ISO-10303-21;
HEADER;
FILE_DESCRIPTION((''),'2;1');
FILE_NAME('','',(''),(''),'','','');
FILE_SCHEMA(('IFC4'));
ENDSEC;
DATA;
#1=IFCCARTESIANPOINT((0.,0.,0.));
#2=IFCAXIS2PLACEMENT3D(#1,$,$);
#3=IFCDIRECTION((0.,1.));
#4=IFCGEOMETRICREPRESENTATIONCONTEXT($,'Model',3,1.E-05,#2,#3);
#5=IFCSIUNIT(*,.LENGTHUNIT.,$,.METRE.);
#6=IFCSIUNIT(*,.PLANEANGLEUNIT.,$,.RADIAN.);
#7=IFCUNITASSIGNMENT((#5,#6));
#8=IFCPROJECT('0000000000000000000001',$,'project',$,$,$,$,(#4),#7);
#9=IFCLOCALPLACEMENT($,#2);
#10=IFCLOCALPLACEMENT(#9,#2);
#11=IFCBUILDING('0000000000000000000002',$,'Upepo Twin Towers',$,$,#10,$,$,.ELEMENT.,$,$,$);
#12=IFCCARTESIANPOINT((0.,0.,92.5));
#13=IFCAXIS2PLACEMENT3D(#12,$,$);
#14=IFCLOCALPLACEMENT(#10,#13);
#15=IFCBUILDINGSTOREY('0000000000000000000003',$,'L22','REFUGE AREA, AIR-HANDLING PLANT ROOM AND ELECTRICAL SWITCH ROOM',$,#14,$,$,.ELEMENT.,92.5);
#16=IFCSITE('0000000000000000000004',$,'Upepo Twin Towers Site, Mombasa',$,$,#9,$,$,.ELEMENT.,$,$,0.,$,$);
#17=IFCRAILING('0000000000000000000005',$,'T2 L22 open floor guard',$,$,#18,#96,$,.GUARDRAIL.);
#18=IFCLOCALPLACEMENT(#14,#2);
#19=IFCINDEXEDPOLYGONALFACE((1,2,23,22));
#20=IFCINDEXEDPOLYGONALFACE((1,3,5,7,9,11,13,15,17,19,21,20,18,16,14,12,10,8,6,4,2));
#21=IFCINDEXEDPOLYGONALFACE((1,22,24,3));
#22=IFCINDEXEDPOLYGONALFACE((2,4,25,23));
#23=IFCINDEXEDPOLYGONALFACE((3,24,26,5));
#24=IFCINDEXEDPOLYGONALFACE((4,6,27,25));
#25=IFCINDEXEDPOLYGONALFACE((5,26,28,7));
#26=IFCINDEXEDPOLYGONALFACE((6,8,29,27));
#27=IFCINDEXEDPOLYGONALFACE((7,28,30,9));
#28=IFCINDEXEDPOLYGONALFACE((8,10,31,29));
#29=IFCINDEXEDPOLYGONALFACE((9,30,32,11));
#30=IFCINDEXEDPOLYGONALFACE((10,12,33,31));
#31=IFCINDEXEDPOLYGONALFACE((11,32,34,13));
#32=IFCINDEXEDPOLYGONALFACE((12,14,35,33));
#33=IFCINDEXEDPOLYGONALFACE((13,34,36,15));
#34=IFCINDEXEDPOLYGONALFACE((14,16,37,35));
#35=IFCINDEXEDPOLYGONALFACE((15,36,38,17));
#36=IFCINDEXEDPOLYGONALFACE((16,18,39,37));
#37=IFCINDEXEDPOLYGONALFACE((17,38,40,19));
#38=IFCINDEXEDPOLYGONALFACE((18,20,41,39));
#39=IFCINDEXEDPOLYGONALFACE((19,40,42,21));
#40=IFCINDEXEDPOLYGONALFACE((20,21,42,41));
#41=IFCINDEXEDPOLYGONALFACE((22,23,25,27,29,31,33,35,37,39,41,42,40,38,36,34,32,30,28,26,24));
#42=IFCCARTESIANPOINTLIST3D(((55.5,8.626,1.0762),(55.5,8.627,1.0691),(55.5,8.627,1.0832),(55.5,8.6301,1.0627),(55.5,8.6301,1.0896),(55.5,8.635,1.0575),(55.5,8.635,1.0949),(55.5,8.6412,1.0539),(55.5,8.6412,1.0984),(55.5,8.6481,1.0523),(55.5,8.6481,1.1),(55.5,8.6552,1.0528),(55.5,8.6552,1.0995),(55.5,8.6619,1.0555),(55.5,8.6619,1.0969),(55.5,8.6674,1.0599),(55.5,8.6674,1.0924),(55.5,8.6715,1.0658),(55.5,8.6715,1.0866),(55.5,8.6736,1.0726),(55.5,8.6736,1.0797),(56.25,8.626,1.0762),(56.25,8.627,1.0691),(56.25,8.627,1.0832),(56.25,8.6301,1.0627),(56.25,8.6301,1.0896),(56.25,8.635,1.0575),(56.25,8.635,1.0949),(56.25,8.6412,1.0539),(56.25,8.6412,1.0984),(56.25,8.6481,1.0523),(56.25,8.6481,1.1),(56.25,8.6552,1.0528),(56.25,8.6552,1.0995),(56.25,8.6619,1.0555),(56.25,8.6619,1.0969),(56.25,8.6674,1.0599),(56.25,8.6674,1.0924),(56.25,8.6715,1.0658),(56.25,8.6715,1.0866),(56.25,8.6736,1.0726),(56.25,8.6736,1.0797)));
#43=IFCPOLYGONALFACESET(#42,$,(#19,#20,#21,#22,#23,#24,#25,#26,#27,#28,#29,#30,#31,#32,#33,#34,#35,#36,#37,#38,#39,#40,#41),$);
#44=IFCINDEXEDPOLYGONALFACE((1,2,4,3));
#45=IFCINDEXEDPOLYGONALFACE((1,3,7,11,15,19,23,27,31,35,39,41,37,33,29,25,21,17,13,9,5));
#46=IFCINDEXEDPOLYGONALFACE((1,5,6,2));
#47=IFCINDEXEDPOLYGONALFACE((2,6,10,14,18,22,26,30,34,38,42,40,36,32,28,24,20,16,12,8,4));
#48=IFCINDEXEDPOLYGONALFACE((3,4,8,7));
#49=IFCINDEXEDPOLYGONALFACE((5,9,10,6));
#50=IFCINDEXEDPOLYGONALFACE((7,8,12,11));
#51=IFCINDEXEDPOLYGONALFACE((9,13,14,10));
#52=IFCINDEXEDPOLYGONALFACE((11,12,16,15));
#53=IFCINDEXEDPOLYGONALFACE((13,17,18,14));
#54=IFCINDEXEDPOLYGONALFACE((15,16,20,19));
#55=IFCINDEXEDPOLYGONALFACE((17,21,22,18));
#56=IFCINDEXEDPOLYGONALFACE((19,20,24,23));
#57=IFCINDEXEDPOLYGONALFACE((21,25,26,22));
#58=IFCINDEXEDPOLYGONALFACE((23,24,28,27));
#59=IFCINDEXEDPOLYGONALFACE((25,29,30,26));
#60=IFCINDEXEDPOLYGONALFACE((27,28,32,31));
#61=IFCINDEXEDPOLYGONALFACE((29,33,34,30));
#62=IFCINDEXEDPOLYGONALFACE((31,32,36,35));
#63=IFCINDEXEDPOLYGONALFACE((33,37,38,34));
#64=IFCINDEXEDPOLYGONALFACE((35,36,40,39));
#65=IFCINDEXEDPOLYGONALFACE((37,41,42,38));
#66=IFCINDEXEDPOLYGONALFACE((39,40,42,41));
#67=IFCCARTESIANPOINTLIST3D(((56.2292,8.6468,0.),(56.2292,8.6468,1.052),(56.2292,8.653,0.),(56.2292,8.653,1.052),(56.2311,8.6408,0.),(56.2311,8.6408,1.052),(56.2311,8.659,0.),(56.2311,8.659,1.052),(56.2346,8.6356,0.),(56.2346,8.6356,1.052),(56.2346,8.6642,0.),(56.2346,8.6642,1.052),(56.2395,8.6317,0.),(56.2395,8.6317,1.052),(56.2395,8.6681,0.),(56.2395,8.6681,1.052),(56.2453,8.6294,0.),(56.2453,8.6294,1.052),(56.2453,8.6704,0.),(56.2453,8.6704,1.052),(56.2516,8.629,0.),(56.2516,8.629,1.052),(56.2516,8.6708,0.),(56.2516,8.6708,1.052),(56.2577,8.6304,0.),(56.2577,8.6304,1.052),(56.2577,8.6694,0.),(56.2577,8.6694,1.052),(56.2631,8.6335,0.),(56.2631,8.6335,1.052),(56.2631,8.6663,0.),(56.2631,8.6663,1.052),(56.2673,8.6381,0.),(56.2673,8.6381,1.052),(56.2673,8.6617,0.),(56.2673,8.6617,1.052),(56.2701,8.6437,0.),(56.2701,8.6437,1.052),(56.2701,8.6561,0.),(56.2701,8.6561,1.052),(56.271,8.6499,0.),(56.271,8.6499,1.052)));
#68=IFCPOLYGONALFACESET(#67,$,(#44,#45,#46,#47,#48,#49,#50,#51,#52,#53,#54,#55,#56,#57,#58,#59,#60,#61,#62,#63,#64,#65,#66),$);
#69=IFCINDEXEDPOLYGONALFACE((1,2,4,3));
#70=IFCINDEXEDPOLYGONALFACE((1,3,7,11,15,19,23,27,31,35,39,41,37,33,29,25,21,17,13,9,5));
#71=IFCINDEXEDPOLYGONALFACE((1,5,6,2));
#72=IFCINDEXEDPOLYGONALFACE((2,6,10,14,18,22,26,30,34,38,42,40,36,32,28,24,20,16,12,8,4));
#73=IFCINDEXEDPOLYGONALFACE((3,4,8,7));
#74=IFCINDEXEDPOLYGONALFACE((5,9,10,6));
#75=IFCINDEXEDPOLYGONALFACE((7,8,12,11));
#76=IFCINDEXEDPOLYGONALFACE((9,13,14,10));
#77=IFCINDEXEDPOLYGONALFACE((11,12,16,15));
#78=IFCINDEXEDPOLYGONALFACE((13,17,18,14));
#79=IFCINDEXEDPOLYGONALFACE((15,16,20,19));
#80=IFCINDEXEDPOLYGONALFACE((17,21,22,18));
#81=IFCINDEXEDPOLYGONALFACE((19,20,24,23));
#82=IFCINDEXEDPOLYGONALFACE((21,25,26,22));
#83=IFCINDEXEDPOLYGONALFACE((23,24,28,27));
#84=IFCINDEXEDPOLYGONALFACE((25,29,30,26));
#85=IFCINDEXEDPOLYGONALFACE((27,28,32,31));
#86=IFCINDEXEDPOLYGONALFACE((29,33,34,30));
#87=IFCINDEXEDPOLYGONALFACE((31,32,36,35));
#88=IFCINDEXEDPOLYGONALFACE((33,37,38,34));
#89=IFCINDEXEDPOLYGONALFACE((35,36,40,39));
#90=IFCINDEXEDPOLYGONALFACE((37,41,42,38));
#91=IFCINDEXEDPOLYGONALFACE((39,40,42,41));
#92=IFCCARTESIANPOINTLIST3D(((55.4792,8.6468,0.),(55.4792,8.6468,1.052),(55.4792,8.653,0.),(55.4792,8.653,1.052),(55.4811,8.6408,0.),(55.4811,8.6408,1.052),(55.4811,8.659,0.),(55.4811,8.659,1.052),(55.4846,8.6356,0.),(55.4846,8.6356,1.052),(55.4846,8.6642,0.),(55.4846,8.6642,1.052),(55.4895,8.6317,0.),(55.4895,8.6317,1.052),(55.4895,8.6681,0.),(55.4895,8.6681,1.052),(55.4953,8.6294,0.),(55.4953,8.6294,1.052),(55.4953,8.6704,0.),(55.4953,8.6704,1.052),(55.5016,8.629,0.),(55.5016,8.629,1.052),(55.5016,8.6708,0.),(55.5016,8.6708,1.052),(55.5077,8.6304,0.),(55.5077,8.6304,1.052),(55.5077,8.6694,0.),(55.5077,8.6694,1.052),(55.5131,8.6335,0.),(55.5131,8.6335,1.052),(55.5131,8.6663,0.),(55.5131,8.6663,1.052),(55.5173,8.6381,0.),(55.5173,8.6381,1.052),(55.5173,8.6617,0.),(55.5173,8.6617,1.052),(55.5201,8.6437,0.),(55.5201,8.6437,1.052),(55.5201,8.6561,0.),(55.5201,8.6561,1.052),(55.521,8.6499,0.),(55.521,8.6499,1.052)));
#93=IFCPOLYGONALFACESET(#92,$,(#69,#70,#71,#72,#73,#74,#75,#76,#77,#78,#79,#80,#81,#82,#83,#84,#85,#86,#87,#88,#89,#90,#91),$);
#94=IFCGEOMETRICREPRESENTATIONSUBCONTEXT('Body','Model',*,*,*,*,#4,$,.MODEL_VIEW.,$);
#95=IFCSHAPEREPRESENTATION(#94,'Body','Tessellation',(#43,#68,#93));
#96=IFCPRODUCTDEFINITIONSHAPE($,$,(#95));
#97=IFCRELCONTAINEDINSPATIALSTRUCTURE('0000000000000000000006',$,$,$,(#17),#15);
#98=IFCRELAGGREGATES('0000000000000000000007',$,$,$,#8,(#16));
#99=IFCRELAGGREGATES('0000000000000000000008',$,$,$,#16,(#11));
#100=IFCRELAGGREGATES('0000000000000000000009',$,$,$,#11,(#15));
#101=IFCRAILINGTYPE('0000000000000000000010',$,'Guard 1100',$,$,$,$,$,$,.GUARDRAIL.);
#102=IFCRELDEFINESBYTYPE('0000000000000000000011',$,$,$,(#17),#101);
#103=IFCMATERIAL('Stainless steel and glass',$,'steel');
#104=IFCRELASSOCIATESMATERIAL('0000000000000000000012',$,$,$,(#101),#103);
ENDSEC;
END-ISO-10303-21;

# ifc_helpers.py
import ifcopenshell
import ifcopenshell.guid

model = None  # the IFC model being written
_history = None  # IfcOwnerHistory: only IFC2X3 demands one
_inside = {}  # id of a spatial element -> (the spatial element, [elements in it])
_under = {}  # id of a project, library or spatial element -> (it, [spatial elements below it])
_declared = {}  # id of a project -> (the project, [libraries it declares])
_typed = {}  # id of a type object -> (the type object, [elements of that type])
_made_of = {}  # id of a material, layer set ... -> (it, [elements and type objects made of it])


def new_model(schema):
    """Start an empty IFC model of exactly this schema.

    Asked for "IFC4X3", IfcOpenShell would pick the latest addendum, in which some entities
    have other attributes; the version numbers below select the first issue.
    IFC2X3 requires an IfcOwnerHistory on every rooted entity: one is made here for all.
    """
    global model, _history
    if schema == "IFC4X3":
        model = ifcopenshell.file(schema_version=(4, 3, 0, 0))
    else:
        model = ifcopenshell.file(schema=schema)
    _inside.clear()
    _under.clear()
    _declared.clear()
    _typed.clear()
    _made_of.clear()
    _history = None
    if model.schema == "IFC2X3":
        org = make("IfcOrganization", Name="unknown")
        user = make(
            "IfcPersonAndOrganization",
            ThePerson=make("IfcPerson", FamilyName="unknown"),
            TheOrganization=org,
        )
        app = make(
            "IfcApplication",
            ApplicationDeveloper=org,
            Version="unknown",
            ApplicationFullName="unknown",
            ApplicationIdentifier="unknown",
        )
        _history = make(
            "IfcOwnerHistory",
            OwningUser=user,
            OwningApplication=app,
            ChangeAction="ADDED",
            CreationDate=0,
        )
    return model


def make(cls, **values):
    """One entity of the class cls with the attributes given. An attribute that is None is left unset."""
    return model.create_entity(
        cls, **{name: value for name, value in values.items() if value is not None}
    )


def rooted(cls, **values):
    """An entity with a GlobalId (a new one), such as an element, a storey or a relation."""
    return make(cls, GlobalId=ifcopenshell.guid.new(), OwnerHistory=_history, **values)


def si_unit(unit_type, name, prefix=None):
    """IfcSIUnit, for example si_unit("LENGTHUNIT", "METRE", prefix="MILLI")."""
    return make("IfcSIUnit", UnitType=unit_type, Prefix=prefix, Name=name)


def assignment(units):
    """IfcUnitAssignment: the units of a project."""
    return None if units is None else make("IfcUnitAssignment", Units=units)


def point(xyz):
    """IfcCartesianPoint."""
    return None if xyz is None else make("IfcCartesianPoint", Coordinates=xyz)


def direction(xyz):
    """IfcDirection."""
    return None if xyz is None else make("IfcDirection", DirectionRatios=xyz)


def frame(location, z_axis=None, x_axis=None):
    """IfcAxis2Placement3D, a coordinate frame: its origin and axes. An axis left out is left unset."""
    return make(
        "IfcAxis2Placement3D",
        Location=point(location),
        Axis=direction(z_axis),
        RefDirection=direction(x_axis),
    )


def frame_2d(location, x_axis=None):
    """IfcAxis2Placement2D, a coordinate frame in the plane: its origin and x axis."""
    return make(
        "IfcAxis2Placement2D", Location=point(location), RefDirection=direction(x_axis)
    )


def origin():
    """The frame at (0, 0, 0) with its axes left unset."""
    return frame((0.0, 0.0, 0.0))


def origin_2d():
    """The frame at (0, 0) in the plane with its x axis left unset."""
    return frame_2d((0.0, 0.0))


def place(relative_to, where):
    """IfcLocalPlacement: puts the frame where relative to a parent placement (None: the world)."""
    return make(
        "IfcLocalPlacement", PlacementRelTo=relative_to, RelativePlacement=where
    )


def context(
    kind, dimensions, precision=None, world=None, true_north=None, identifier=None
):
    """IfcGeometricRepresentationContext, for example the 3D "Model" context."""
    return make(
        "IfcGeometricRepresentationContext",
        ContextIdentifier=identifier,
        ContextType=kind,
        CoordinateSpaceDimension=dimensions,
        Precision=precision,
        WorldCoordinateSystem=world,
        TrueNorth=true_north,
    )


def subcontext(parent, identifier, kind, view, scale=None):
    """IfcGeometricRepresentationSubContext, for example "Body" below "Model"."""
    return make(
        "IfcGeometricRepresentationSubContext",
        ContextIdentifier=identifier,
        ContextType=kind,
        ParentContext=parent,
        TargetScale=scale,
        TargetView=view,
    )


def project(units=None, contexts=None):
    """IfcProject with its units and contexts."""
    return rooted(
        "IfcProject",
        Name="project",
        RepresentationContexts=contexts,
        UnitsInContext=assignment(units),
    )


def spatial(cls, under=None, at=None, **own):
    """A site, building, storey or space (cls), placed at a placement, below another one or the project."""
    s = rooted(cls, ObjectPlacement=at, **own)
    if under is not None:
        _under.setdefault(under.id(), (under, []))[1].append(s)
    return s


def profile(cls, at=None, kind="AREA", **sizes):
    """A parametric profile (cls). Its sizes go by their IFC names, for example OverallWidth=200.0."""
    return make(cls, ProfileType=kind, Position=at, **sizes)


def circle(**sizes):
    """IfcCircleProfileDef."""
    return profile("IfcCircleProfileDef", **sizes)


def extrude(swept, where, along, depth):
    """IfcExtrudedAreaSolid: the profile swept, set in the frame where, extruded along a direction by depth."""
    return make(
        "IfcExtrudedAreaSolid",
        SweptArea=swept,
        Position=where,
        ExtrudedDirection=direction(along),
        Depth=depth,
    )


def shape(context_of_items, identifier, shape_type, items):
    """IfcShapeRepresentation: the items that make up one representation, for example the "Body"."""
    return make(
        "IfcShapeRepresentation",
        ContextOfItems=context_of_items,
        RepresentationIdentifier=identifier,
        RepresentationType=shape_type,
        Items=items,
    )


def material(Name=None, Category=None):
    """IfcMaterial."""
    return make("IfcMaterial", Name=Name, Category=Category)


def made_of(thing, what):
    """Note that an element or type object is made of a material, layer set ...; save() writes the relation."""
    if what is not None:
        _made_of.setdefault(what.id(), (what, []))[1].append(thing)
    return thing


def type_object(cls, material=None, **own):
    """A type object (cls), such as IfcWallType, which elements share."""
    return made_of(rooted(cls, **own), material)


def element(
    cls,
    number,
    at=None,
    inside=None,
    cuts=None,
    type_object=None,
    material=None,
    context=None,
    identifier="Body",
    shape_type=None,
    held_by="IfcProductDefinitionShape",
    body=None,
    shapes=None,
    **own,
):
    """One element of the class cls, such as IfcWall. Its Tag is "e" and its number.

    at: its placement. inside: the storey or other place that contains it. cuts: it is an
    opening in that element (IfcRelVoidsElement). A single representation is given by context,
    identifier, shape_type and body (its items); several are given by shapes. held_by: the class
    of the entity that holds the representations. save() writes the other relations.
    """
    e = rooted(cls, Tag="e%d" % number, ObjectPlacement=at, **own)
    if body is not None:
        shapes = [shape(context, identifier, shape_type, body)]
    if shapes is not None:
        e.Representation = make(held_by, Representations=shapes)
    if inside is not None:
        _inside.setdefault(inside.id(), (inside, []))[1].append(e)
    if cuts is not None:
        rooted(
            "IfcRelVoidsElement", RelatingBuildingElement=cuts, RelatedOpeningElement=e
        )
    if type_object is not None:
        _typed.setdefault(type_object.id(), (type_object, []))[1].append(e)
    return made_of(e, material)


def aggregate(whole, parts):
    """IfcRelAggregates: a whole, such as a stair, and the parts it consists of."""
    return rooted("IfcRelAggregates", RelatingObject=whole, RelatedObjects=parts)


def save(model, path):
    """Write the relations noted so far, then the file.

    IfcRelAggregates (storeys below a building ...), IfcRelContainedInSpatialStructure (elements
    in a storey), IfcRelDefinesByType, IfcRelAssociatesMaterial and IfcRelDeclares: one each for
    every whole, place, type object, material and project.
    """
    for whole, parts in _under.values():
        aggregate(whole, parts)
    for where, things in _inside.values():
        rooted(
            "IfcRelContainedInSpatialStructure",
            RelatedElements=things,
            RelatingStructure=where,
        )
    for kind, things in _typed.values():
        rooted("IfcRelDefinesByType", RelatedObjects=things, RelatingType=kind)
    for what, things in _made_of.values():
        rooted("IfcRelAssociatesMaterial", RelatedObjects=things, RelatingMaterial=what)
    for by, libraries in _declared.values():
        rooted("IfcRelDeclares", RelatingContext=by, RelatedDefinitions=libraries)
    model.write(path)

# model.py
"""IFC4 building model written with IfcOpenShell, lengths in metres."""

from ifc_helpers import new_model, si_unit, direction, frame, origin, origin_2d, place, context, subcontext, project, spatial, circle, extrude, material, type_object, element, save


model = new_model("IFC4")

# Units and contexts
model_context = context("Model", 3, precision=1e-05, world=origin(), true_north=direction((0.0, 1.0)))
body_context = subcontext(model_context, "Body", "Model", "MODEL_VIEW")
ifc_project = project(units=[si_unit("LENGTHUNIT", "METRE"), si_unit("PLANEANGLEUNIT", "RADIAN")], contexts=[model_context])

# Site, building, storey
site_placement = place(None, origin())
site = spatial("IfcSite", under=ifc_project, at=site_placement, Name="Upepo Twin Towers Site, Mombasa", CompositionType="ELEMENT", RefElevation=0.0)
building_placement = place(site_placement, origin())
building = spatial("IfcBuilding", under=site, at=building_placement, Name="Upepo Twin Towers", CompositionType="ELEMENT")
storey_placement = place(building_placement, frame((0.0, 0.0, 92.5)))
storey = spatial("IfcBuildingStorey", under=building, at=storey_placement, Name="L22", Description="REFUGE AREA, AIR-HANDLING PLANT ROOM AND ELECTRICAL SWITCH ROOM", CompositionType="ELEMENT", Elevation=92.5)

# Railing
ifc_material_1 = material(Name="Stainless steel and glass", Category="steel")
railing_type = type_object("IfcRailingType", Name="Guard 1100", PredefinedType="GUARDRAIL", material=ifc_material_1)
for number, where, name in (
    (1, (56.25, 8.6499, 0.0), "T2 L22 open floor guard"),
):
    element("IfcRailing", number, at=place(storey_placement, frame(where)), inside=storey, type_object=railing_type, Name=name, PredefinedType="GUARDRAIL", context=body_context, shape_type="SweptSolid", body=[
        extrude(circle(Radius=0.0239, at=origin_2d()), frame((0.0, 0.0, 1.0762), z_axis=(-1.0, 0.0, 0.0), x_axis=(0.0, -1.0, 0.0)), (0.0, 0.0, 1.0), 0.75),
        extrude(circle(Radius=0.021, at=origin_2d()), origin(), (0.0, 0.0, 1.0), 1.052),
        extrude(circle(Radius=0.021, at=origin_2d()), frame((-0.75, 0.0, 0.0)), (0.0, 0.0, 1.0), 1.052),
    ])

save(model, "model.ifc")
